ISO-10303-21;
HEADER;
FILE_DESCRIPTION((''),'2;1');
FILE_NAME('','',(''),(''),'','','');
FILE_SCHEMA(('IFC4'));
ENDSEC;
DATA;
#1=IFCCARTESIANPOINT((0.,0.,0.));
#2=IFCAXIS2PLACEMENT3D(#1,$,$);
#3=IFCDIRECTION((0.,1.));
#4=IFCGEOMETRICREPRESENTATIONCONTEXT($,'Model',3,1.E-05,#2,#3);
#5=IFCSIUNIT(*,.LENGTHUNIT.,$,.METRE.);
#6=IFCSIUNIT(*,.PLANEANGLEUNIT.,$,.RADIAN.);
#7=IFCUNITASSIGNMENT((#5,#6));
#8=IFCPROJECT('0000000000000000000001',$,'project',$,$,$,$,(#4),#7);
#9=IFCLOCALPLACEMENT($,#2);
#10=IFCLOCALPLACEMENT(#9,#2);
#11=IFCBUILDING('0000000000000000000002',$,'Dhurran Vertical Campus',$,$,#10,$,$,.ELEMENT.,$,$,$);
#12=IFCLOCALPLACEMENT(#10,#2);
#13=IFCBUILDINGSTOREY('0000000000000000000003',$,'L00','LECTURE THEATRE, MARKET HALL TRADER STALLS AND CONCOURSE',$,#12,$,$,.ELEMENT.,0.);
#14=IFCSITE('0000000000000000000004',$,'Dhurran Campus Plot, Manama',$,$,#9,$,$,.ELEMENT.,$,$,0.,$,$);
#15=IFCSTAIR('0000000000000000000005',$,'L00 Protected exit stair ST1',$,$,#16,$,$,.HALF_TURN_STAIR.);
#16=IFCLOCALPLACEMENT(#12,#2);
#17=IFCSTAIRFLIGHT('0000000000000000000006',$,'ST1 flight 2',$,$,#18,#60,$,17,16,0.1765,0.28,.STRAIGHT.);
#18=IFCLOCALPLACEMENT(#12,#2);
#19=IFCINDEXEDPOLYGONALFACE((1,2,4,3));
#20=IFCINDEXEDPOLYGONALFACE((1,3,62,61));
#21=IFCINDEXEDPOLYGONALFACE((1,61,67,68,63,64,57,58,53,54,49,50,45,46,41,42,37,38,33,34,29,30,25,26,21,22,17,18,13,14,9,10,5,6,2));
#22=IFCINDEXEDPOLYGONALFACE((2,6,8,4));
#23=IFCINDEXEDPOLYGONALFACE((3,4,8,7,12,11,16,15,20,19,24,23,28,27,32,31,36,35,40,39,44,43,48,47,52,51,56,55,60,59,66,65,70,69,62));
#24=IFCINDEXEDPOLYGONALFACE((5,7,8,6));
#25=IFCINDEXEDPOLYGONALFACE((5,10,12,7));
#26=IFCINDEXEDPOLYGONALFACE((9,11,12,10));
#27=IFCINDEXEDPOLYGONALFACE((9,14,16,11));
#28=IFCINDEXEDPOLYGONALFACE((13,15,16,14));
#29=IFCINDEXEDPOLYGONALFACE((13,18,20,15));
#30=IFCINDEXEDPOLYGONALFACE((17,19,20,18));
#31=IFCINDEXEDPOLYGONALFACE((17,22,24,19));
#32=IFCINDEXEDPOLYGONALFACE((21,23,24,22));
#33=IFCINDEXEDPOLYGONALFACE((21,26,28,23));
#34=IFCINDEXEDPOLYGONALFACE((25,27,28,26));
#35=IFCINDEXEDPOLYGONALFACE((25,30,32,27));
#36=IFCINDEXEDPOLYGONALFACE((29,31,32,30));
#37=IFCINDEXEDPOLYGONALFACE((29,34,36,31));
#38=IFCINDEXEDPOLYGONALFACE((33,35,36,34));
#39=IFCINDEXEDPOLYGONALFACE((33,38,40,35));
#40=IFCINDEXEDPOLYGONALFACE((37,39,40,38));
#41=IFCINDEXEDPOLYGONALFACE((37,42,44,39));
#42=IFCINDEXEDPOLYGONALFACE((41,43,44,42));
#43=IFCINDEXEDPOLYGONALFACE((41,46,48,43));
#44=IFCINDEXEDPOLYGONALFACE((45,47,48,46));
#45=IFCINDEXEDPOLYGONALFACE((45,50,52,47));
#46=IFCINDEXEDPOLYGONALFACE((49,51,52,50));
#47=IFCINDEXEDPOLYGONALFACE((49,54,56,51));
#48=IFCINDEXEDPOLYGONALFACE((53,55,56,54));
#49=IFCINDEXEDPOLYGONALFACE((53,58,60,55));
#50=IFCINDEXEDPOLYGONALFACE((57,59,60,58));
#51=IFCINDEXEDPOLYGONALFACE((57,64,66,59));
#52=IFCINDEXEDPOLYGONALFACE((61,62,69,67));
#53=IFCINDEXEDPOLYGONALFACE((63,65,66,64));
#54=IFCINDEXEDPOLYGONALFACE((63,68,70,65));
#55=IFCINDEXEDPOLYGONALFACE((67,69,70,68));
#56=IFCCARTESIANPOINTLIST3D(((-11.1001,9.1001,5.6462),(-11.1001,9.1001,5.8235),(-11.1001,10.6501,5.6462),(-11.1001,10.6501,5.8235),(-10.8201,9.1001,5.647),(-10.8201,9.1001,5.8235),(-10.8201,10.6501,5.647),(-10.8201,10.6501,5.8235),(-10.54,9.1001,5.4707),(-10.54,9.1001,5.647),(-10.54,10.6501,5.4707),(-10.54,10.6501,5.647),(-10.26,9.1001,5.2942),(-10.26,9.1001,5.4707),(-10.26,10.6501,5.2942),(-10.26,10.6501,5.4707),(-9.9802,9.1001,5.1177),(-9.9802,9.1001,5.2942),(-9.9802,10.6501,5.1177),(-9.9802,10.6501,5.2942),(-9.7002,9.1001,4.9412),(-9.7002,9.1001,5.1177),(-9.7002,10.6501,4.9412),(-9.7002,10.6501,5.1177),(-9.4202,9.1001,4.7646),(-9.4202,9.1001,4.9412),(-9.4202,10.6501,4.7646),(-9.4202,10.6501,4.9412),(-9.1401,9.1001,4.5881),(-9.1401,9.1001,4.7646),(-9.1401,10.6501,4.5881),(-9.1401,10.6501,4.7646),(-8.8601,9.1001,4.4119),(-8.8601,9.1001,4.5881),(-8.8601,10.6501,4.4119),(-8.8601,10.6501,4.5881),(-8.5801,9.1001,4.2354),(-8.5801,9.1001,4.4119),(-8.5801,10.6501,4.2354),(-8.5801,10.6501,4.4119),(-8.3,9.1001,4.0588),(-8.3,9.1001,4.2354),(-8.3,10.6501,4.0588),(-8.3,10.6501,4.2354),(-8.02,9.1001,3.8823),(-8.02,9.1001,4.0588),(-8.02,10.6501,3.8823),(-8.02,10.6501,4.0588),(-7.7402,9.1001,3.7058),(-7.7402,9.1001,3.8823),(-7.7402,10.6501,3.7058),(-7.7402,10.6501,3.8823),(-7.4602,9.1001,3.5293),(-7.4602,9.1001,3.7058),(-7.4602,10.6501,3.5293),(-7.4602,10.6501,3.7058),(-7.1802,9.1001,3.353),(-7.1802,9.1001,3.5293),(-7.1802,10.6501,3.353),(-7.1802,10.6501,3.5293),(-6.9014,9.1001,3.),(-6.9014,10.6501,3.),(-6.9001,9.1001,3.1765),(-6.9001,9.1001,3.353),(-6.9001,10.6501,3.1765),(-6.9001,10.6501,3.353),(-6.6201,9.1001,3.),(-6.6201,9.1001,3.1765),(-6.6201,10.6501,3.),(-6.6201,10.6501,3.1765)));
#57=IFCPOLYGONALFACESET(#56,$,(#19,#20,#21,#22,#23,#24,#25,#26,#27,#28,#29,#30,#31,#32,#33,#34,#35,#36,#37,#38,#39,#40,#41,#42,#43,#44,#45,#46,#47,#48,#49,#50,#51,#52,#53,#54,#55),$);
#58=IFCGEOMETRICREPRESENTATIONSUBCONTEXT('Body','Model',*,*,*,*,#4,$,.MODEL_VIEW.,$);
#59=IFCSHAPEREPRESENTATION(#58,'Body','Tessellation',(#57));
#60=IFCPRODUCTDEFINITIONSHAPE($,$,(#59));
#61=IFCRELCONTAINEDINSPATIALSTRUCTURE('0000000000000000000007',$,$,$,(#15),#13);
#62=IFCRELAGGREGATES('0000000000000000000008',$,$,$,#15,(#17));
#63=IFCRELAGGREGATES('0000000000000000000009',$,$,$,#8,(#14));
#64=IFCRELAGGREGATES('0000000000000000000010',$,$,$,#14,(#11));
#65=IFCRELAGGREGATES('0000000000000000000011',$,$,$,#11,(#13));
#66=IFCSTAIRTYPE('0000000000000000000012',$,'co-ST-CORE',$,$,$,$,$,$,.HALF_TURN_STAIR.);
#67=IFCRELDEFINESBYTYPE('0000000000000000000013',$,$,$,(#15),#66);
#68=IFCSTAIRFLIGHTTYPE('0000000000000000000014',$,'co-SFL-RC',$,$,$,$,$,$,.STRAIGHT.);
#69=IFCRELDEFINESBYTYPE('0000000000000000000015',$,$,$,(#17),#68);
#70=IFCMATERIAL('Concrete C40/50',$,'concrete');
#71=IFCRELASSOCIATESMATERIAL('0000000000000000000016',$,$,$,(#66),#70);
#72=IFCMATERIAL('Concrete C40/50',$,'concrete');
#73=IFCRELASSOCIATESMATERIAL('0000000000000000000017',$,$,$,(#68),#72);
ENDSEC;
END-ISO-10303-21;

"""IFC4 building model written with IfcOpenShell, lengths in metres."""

from ifc_helpers import new_model, si_unit, direction, frame, origin, place, context, subcontext, project, spatial, polyline, outline, extrude, material, type_object, element, aggregate, save


model = new_model("IFC4")

# Units and contexts
model_context = context("Model", 3, precision=1e-05, world=origin(), true_north=direction((0.0, 1.0)))
body_context = subcontext(model_context, "Body", "Model", "MODEL_VIEW")
ifc_project = project(units=[si_unit("LENGTHUNIT", "METRE"), si_unit("PLANEANGLEUNIT", "RADIAN")], contexts=[model_context])

# Site, building, storey
site_placement = place(None, origin())
site = spatial("IfcSite", under=ifc_project, at=site_placement, Name="Dhurran Campus Plot, Manama", CompositionType="ELEMENT", RefElevation=0.0)
building_placement = place(site_placement, origin())
building = spatial("IfcBuilding", under=site, at=building_placement, Name="Dhurran Vertical Campus", CompositionType="ELEMENT")
storey_placement = place(building_placement, origin())
storey = spatial("IfcBuildingStorey", under=building, at=storey_placement, Name="L00", Description="LECTURE THEATRE, MARKET HALL TRADER STALLS AND CONCOURSE", CompositionType="ELEMENT", Elevation=0.0)

# Stair, stair flight
ifc_material_1 = material(Name="Concrete C40/50", Category="concrete")
stair_type = type_object("IfcStairType", Name="co-ST-CORE", PredefinedType="HALF_TURN_STAIR", material=ifc_material_1)
stair_placement = place(storey_placement, origin())
stair = element("IfcStair", 1, at=stair_placement, inside=storey, type_object=stair_type, Name="L00 Protected exit stair ST1", PredefinedType="HALF_TURN_STAIR")
ifc_material_2 = material(Name="Concrete C40/50", Category="concrete")
stair_flight_type = type_object("IfcStairFlightType", Name="co-SFL-RC", PredefinedType="STRAIGHT", material=ifc_material_2)
stair_flight_1_placement = place(storey_placement, frame((-6.6201, 9.875, 3.0), z_axis=(0.0, 0.0, 1.0), x_axis=(-1.0, 0.0, 0.0)))
stair_flight_1 = element("IfcStairFlight", 2, at=stair_flight_1_placement, type_object=stair_flight_type, Name="ST1 flight 2", NumberOfRisers=17, NumberOfTreads=16, PredefinedType="STRAIGHT", RiserHeight=0.1765, TreadLength=0.28, context=body_context, shape_type="SweptSolid", body=[
    extrude(outline(polyline([(0.0, 0.0), (0.0, 0.1765), (0.28, 0.1765), (0.28, 0.353), (0.5601, 0.353), (0.5601, 0.5293), (0.8401, 0.5293), (0.8401, 0.7058), (1.1201, 0.7058), (1.1201, 0.8823), (1.3999, 0.8823), (1.3999, 1.0588), (1.6799, 1.0588), (1.6799, 1.2354), (1.96, 1.2354), (1.96, 1.4119), (2.24, 1.4119), (2.24, 1.5881), (2.52, 1.5881), (2.52, 1.7646), (2.8, 1.7646), (2.8, 1.9412), (3.0801, 1.9412), (3.0801, 2.1177), (3.3601, 2.1177), (3.3601, 2.2942), (3.6399, 2.2942), (3.6399, 2.4707), (3.9199, 2.4707), (3.9199, 2.647), (4.2, 2.647), (4.2, 2.8235), (4.48, 2.8235), (4.48, 3.0), (4.48, 2.6462), (0.2812, 0.0), (0.0, 0.0)])), frame((0.0, 0.7749, 0.0), z_axis=(0.0, -1.0, 0.0), x_axis=(1.0, 0.0, 0.0)), (0.0, 0.0, 1.0), 1.55),
])
aggregate(stair, [stair_flight_1])

save(model, "model.ifc")
